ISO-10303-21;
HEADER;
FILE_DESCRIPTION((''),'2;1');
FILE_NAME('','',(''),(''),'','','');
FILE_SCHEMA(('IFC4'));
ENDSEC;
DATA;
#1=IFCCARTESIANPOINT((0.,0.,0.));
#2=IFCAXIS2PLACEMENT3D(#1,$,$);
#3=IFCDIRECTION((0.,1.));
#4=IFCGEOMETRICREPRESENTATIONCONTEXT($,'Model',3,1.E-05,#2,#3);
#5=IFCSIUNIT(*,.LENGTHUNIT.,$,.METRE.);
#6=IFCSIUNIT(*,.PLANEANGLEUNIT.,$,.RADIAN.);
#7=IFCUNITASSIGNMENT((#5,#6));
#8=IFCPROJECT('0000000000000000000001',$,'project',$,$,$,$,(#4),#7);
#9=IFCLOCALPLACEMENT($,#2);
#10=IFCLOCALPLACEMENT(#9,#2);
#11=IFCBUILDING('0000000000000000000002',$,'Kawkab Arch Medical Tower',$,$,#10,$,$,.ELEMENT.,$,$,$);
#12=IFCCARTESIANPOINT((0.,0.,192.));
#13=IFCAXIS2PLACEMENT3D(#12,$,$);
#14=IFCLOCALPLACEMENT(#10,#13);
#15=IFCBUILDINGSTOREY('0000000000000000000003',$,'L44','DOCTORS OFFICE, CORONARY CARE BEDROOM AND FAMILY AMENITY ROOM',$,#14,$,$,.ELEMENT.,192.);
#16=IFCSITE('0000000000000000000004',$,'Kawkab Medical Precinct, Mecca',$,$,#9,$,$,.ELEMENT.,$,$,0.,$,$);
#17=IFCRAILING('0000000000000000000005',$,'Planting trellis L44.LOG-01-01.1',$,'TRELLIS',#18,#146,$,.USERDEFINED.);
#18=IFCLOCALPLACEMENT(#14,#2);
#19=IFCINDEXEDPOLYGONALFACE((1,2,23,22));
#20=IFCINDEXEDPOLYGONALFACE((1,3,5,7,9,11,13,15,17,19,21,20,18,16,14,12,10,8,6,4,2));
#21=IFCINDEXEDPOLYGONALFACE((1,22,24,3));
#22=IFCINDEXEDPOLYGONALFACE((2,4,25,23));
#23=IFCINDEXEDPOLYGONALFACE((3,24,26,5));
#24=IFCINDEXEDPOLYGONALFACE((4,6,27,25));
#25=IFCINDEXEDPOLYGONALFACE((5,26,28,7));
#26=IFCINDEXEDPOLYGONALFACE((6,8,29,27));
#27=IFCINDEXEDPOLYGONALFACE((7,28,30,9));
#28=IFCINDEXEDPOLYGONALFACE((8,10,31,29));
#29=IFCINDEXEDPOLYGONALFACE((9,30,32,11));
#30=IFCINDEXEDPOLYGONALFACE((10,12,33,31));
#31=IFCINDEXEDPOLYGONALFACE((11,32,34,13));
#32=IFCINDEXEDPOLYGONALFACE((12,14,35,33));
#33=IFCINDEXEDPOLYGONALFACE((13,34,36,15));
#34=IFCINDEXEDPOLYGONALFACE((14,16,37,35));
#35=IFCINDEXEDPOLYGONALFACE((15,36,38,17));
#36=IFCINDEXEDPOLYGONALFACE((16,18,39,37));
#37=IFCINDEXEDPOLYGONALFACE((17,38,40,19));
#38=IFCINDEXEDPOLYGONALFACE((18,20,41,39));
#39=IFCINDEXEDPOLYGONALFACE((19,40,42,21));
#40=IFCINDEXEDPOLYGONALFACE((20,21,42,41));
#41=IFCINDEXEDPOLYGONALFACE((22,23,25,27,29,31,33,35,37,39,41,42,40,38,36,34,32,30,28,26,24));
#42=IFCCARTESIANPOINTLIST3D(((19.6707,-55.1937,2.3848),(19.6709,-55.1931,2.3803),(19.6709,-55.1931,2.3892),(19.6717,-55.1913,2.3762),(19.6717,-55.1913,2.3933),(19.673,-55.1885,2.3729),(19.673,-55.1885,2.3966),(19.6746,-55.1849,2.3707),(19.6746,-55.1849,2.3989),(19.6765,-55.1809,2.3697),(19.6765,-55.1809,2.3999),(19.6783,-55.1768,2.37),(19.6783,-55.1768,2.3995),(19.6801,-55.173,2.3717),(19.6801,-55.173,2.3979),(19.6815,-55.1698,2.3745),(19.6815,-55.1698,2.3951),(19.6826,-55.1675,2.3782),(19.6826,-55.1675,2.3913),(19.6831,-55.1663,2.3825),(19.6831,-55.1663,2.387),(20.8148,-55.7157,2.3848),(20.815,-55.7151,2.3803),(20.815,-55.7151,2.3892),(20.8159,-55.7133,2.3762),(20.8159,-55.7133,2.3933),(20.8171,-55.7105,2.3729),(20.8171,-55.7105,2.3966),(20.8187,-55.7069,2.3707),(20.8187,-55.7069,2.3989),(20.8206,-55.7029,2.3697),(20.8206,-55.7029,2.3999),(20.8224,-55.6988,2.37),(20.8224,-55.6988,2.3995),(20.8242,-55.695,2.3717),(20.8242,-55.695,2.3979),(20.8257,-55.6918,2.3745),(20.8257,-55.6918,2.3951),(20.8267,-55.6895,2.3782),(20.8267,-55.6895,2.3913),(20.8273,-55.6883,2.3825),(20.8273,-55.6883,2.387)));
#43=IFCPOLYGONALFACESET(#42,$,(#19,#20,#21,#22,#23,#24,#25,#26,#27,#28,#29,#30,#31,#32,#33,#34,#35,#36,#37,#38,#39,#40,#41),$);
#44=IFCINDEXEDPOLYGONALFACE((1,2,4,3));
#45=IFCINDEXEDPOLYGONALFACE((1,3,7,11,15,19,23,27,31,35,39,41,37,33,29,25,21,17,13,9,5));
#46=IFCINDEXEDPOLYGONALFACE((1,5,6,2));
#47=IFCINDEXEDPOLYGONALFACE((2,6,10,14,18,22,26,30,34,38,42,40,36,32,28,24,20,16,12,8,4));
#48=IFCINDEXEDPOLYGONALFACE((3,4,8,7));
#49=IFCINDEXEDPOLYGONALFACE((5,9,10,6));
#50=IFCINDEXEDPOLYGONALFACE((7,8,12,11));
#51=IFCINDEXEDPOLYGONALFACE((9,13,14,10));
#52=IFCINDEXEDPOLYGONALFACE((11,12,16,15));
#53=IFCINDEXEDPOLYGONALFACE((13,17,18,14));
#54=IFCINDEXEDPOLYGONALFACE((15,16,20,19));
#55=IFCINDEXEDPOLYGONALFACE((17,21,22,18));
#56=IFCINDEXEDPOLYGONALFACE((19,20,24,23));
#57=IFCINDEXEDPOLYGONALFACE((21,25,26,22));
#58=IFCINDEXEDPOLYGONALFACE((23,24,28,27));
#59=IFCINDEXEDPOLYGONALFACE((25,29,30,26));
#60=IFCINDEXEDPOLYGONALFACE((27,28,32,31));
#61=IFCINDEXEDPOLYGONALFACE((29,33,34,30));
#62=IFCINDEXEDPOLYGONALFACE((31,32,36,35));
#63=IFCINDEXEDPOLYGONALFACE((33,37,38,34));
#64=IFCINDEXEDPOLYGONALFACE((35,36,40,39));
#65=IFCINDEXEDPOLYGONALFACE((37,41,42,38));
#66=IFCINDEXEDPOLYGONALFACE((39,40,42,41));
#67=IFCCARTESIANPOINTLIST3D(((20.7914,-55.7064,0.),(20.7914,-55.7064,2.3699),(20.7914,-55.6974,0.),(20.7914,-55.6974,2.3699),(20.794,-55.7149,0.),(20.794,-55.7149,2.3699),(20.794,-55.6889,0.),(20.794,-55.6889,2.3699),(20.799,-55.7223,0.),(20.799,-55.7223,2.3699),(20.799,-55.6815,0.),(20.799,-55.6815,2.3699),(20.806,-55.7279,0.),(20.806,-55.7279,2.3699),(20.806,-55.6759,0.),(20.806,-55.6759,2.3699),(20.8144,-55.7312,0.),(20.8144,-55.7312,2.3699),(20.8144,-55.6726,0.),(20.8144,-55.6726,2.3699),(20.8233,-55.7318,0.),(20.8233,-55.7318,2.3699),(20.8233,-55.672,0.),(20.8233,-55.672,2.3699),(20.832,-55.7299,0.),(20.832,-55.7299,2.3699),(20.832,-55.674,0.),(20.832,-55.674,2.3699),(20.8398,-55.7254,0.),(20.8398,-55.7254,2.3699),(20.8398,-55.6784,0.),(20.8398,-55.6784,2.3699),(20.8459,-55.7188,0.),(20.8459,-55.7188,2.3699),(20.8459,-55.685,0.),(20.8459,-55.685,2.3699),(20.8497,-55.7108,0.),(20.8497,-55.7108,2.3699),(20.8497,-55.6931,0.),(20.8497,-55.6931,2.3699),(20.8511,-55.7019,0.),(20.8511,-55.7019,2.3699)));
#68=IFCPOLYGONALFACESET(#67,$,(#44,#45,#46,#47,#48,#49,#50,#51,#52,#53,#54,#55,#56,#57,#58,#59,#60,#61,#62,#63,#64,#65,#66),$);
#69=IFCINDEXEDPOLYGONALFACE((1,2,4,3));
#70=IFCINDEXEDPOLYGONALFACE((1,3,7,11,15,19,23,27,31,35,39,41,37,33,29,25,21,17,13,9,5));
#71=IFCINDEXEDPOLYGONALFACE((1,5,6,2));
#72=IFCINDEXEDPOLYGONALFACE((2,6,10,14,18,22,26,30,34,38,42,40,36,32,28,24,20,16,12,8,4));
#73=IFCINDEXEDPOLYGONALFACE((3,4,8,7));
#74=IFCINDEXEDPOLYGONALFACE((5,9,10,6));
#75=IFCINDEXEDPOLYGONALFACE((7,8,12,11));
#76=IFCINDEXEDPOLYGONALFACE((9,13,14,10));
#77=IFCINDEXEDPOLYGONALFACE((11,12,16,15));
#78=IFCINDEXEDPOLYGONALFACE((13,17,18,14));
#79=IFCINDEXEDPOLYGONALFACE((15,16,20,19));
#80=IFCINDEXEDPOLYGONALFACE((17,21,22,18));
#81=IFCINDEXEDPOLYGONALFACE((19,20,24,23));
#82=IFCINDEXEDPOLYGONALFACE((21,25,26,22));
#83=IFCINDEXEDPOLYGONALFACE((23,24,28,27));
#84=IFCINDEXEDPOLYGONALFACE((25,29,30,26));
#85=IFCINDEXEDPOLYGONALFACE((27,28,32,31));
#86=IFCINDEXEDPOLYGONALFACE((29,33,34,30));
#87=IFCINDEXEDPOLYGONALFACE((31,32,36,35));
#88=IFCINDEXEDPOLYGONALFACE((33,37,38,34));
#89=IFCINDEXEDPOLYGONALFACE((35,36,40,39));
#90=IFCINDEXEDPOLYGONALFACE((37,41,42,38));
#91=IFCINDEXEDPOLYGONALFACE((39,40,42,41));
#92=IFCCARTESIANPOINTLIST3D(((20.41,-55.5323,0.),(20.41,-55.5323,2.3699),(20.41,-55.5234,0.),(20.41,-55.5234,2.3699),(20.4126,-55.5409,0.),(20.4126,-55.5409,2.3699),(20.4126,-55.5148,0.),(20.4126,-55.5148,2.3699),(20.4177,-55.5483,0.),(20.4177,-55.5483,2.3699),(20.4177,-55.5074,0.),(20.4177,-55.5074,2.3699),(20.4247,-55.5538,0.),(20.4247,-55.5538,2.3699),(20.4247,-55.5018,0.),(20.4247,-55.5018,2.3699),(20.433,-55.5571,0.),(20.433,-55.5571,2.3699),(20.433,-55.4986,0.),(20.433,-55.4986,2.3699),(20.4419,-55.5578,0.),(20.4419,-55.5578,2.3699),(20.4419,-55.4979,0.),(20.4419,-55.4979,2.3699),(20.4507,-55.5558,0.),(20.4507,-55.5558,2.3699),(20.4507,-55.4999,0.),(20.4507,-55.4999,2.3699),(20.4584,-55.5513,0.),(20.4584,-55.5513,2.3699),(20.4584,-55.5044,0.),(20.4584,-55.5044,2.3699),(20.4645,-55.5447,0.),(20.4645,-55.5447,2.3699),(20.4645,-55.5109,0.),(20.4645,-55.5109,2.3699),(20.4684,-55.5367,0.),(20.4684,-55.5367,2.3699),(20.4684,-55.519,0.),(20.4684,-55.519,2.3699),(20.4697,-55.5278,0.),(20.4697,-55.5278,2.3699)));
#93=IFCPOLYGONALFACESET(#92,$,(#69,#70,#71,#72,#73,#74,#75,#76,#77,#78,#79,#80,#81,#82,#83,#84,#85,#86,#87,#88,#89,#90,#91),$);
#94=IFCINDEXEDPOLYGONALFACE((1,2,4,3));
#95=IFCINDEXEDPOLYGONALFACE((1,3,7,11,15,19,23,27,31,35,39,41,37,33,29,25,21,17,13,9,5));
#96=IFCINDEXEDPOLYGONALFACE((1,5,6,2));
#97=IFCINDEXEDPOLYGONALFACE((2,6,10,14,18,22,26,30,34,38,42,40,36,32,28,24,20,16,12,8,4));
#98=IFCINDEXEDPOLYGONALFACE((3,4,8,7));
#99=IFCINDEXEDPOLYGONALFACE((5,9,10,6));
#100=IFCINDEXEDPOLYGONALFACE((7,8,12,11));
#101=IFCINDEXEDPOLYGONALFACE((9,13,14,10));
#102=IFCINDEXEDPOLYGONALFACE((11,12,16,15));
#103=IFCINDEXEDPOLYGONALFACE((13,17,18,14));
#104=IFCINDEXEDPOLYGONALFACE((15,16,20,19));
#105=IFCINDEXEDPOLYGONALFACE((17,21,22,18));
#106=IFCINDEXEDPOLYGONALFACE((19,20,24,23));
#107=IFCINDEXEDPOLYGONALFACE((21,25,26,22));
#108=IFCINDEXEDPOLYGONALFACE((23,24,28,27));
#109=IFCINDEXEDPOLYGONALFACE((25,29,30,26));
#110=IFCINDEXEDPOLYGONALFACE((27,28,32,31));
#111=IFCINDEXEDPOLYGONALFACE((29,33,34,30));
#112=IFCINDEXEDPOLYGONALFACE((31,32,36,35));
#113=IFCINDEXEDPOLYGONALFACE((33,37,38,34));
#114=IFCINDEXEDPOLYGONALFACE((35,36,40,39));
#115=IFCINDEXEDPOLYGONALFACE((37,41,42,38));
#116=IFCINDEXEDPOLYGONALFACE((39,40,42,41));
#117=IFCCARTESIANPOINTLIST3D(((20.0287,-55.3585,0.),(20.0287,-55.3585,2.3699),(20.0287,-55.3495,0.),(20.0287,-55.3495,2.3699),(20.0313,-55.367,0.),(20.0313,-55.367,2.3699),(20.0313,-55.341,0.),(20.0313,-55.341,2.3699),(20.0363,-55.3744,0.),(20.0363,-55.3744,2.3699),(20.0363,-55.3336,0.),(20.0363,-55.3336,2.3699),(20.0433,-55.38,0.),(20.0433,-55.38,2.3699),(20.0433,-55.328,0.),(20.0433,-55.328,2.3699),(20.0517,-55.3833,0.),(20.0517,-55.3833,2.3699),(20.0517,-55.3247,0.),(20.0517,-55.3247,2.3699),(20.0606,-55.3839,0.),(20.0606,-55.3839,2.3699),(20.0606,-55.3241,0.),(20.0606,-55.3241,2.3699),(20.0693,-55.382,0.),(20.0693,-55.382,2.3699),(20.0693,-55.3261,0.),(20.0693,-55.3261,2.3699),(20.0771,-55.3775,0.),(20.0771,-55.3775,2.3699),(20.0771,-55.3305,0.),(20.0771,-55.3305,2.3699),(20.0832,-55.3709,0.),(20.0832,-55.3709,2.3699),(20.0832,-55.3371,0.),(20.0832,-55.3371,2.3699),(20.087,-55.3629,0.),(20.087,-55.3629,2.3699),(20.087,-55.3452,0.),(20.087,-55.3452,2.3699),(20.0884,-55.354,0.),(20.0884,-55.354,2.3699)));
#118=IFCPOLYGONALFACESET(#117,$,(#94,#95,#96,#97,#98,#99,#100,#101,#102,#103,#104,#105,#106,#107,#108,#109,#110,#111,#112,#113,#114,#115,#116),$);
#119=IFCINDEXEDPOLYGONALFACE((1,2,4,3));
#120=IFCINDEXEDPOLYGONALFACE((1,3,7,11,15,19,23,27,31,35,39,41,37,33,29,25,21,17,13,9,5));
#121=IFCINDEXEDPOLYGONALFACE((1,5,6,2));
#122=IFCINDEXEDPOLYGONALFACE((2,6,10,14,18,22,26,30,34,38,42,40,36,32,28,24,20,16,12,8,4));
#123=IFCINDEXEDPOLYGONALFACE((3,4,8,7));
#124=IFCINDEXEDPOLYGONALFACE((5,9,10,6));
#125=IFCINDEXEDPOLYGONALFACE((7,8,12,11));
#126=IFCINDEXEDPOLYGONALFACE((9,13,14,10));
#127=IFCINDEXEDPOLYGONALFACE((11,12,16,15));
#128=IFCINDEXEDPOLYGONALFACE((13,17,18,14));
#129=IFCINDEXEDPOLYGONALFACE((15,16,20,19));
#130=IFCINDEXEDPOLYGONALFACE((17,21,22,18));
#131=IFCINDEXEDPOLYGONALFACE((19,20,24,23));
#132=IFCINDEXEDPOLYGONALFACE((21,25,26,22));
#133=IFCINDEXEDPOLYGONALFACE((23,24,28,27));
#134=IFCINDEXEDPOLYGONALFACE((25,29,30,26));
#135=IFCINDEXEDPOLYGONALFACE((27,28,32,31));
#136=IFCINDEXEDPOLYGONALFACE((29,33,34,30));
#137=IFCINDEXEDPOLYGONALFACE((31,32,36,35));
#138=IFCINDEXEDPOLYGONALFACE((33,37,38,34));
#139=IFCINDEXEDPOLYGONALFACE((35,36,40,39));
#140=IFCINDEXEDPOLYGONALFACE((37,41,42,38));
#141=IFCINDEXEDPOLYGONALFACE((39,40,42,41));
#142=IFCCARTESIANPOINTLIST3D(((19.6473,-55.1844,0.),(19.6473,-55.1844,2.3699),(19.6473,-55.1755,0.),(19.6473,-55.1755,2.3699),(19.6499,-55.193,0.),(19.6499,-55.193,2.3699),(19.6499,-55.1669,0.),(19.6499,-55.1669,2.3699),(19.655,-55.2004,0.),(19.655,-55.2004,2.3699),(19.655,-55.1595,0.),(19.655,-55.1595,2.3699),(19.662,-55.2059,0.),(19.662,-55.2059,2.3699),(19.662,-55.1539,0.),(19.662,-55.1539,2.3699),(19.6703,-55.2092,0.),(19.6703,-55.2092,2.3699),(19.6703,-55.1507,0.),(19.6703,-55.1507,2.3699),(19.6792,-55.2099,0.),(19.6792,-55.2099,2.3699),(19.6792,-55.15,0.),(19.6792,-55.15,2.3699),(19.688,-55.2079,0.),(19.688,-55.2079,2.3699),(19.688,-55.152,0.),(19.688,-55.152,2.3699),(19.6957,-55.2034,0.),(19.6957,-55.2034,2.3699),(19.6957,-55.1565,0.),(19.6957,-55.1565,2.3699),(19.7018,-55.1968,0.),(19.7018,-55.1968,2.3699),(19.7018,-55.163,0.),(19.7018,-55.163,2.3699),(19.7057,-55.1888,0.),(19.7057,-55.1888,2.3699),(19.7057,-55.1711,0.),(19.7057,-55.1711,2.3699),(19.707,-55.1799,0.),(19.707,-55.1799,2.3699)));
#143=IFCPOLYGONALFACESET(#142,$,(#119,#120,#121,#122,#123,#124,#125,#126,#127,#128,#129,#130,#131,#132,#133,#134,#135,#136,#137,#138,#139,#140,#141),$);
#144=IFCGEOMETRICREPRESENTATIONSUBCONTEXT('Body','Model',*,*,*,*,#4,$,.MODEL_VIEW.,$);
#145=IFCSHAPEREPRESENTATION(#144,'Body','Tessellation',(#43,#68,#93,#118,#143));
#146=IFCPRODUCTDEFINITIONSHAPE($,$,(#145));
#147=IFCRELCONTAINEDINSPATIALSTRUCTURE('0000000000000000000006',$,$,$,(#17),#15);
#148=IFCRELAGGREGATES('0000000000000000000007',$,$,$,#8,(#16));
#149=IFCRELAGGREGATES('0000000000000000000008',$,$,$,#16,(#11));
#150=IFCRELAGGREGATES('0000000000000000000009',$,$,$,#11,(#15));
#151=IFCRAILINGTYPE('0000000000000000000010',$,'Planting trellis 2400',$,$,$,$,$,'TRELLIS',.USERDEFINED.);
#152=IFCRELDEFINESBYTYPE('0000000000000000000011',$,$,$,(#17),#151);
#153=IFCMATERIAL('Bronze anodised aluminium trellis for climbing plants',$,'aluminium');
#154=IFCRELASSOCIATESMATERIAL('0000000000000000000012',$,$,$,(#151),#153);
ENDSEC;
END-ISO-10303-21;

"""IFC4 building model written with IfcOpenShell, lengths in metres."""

from ifc_helpers import new_model, si_unit, direction, frame, origin, origin_2d, place, context, subcontext, project, spatial, circle, extrude, material, type_object, element, save


model = new_model("IFC4")

# Units and contexts
model_context = context("Model", 3, precision=1e-05, world=origin(), true_north=direction((0.0, 1.0)))
body_context = subcontext(model_context, "Body", "Model", "MODEL_VIEW")
ifc_project = project(units=[si_unit("LENGTHUNIT", "METRE"), si_unit("PLANEANGLEUNIT", "RADIAN")], contexts=[model_context])

# Site, building, storey
site_placement = place(None, origin())
site = spatial("IfcSite", under=ifc_project, at=site_placement, Name="Kawkab Medical Precinct, Mecca", CompositionType="ELEMENT", RefElevation=0.0)
building_placement = place(site_placement, origin())
building = spatial("IfcBuilding", under=site, at=building_placement, Name="Kawkab Arch Medical Tower", CompositionType="ELEMENT")
storey_placement = place(building_placement, frame((0.0, 0.0, 192.0)))
storey = spatial("IfcBuildingStorey", under=building, at=storey_placement, Name="L44", Description="DOCTORS OFFICE, CORONARY CARE BEDROOM AND FAMILY AMENITY ROOM", CompositionType="ELEMENT", Elevation=192.0)

# Railing
ifc_material_1 = material(Name="Bronze anodised aluminium trellis for climbing plants", Category="aluminium")
railing_type_1 = type_object("IfcRailingType", Name="Planting trellis 2400", ElementType="TRELLIS", PredefinedType="USERDEFINED", material=ifc_material_1)
railing_1_placement = place(storey_placement, frame((20.821, -55.7019, 0.0)))
element("IfcRailing", 1, at=railing_1_placement, inside=storey, type_object=railing_type_1, Name="Planting trellis L44.LOG-01-01.1", ObjectType="TRELLIS", PredefinedType="USERDEFINED", context=body_context, shape_type="SweptSolid", body=[
    extrude(circle(Radius=0.0151, at=origin_2d()), frame((0.0, 0.0, 2.3848), z_axis=(-0.90978, 0.41509, 0.0), x_axis=(-0.41509, -0.90978, 0.0)), (0.0, 0.0, 1.0), 1.2576),
    extrude(circle(Radius=0.03, at=origin_2d()), origin(), (0.0, 0.0, 1.0), 2.3699),
    extrude(circle(Radius=0.03, at=origin_2d()), frame((-0.3813, 0.1741, 0.0)), (0.0, 0.0, 1.0), 2.3699),
    extrude(circle(Radius=0.03, at=origin_2d()), frame((-0.7627, 0.3479, 0.0)), (0.0, 0.0, 1.0), 2.3699),
    extrude(circle(Radius=0.03, at=origin_2d()), frame((-1.144, 0.522, 0.0)), (0.0, 0.0, 1.0), 2.3699),
])

save(model, "model.ifc")
